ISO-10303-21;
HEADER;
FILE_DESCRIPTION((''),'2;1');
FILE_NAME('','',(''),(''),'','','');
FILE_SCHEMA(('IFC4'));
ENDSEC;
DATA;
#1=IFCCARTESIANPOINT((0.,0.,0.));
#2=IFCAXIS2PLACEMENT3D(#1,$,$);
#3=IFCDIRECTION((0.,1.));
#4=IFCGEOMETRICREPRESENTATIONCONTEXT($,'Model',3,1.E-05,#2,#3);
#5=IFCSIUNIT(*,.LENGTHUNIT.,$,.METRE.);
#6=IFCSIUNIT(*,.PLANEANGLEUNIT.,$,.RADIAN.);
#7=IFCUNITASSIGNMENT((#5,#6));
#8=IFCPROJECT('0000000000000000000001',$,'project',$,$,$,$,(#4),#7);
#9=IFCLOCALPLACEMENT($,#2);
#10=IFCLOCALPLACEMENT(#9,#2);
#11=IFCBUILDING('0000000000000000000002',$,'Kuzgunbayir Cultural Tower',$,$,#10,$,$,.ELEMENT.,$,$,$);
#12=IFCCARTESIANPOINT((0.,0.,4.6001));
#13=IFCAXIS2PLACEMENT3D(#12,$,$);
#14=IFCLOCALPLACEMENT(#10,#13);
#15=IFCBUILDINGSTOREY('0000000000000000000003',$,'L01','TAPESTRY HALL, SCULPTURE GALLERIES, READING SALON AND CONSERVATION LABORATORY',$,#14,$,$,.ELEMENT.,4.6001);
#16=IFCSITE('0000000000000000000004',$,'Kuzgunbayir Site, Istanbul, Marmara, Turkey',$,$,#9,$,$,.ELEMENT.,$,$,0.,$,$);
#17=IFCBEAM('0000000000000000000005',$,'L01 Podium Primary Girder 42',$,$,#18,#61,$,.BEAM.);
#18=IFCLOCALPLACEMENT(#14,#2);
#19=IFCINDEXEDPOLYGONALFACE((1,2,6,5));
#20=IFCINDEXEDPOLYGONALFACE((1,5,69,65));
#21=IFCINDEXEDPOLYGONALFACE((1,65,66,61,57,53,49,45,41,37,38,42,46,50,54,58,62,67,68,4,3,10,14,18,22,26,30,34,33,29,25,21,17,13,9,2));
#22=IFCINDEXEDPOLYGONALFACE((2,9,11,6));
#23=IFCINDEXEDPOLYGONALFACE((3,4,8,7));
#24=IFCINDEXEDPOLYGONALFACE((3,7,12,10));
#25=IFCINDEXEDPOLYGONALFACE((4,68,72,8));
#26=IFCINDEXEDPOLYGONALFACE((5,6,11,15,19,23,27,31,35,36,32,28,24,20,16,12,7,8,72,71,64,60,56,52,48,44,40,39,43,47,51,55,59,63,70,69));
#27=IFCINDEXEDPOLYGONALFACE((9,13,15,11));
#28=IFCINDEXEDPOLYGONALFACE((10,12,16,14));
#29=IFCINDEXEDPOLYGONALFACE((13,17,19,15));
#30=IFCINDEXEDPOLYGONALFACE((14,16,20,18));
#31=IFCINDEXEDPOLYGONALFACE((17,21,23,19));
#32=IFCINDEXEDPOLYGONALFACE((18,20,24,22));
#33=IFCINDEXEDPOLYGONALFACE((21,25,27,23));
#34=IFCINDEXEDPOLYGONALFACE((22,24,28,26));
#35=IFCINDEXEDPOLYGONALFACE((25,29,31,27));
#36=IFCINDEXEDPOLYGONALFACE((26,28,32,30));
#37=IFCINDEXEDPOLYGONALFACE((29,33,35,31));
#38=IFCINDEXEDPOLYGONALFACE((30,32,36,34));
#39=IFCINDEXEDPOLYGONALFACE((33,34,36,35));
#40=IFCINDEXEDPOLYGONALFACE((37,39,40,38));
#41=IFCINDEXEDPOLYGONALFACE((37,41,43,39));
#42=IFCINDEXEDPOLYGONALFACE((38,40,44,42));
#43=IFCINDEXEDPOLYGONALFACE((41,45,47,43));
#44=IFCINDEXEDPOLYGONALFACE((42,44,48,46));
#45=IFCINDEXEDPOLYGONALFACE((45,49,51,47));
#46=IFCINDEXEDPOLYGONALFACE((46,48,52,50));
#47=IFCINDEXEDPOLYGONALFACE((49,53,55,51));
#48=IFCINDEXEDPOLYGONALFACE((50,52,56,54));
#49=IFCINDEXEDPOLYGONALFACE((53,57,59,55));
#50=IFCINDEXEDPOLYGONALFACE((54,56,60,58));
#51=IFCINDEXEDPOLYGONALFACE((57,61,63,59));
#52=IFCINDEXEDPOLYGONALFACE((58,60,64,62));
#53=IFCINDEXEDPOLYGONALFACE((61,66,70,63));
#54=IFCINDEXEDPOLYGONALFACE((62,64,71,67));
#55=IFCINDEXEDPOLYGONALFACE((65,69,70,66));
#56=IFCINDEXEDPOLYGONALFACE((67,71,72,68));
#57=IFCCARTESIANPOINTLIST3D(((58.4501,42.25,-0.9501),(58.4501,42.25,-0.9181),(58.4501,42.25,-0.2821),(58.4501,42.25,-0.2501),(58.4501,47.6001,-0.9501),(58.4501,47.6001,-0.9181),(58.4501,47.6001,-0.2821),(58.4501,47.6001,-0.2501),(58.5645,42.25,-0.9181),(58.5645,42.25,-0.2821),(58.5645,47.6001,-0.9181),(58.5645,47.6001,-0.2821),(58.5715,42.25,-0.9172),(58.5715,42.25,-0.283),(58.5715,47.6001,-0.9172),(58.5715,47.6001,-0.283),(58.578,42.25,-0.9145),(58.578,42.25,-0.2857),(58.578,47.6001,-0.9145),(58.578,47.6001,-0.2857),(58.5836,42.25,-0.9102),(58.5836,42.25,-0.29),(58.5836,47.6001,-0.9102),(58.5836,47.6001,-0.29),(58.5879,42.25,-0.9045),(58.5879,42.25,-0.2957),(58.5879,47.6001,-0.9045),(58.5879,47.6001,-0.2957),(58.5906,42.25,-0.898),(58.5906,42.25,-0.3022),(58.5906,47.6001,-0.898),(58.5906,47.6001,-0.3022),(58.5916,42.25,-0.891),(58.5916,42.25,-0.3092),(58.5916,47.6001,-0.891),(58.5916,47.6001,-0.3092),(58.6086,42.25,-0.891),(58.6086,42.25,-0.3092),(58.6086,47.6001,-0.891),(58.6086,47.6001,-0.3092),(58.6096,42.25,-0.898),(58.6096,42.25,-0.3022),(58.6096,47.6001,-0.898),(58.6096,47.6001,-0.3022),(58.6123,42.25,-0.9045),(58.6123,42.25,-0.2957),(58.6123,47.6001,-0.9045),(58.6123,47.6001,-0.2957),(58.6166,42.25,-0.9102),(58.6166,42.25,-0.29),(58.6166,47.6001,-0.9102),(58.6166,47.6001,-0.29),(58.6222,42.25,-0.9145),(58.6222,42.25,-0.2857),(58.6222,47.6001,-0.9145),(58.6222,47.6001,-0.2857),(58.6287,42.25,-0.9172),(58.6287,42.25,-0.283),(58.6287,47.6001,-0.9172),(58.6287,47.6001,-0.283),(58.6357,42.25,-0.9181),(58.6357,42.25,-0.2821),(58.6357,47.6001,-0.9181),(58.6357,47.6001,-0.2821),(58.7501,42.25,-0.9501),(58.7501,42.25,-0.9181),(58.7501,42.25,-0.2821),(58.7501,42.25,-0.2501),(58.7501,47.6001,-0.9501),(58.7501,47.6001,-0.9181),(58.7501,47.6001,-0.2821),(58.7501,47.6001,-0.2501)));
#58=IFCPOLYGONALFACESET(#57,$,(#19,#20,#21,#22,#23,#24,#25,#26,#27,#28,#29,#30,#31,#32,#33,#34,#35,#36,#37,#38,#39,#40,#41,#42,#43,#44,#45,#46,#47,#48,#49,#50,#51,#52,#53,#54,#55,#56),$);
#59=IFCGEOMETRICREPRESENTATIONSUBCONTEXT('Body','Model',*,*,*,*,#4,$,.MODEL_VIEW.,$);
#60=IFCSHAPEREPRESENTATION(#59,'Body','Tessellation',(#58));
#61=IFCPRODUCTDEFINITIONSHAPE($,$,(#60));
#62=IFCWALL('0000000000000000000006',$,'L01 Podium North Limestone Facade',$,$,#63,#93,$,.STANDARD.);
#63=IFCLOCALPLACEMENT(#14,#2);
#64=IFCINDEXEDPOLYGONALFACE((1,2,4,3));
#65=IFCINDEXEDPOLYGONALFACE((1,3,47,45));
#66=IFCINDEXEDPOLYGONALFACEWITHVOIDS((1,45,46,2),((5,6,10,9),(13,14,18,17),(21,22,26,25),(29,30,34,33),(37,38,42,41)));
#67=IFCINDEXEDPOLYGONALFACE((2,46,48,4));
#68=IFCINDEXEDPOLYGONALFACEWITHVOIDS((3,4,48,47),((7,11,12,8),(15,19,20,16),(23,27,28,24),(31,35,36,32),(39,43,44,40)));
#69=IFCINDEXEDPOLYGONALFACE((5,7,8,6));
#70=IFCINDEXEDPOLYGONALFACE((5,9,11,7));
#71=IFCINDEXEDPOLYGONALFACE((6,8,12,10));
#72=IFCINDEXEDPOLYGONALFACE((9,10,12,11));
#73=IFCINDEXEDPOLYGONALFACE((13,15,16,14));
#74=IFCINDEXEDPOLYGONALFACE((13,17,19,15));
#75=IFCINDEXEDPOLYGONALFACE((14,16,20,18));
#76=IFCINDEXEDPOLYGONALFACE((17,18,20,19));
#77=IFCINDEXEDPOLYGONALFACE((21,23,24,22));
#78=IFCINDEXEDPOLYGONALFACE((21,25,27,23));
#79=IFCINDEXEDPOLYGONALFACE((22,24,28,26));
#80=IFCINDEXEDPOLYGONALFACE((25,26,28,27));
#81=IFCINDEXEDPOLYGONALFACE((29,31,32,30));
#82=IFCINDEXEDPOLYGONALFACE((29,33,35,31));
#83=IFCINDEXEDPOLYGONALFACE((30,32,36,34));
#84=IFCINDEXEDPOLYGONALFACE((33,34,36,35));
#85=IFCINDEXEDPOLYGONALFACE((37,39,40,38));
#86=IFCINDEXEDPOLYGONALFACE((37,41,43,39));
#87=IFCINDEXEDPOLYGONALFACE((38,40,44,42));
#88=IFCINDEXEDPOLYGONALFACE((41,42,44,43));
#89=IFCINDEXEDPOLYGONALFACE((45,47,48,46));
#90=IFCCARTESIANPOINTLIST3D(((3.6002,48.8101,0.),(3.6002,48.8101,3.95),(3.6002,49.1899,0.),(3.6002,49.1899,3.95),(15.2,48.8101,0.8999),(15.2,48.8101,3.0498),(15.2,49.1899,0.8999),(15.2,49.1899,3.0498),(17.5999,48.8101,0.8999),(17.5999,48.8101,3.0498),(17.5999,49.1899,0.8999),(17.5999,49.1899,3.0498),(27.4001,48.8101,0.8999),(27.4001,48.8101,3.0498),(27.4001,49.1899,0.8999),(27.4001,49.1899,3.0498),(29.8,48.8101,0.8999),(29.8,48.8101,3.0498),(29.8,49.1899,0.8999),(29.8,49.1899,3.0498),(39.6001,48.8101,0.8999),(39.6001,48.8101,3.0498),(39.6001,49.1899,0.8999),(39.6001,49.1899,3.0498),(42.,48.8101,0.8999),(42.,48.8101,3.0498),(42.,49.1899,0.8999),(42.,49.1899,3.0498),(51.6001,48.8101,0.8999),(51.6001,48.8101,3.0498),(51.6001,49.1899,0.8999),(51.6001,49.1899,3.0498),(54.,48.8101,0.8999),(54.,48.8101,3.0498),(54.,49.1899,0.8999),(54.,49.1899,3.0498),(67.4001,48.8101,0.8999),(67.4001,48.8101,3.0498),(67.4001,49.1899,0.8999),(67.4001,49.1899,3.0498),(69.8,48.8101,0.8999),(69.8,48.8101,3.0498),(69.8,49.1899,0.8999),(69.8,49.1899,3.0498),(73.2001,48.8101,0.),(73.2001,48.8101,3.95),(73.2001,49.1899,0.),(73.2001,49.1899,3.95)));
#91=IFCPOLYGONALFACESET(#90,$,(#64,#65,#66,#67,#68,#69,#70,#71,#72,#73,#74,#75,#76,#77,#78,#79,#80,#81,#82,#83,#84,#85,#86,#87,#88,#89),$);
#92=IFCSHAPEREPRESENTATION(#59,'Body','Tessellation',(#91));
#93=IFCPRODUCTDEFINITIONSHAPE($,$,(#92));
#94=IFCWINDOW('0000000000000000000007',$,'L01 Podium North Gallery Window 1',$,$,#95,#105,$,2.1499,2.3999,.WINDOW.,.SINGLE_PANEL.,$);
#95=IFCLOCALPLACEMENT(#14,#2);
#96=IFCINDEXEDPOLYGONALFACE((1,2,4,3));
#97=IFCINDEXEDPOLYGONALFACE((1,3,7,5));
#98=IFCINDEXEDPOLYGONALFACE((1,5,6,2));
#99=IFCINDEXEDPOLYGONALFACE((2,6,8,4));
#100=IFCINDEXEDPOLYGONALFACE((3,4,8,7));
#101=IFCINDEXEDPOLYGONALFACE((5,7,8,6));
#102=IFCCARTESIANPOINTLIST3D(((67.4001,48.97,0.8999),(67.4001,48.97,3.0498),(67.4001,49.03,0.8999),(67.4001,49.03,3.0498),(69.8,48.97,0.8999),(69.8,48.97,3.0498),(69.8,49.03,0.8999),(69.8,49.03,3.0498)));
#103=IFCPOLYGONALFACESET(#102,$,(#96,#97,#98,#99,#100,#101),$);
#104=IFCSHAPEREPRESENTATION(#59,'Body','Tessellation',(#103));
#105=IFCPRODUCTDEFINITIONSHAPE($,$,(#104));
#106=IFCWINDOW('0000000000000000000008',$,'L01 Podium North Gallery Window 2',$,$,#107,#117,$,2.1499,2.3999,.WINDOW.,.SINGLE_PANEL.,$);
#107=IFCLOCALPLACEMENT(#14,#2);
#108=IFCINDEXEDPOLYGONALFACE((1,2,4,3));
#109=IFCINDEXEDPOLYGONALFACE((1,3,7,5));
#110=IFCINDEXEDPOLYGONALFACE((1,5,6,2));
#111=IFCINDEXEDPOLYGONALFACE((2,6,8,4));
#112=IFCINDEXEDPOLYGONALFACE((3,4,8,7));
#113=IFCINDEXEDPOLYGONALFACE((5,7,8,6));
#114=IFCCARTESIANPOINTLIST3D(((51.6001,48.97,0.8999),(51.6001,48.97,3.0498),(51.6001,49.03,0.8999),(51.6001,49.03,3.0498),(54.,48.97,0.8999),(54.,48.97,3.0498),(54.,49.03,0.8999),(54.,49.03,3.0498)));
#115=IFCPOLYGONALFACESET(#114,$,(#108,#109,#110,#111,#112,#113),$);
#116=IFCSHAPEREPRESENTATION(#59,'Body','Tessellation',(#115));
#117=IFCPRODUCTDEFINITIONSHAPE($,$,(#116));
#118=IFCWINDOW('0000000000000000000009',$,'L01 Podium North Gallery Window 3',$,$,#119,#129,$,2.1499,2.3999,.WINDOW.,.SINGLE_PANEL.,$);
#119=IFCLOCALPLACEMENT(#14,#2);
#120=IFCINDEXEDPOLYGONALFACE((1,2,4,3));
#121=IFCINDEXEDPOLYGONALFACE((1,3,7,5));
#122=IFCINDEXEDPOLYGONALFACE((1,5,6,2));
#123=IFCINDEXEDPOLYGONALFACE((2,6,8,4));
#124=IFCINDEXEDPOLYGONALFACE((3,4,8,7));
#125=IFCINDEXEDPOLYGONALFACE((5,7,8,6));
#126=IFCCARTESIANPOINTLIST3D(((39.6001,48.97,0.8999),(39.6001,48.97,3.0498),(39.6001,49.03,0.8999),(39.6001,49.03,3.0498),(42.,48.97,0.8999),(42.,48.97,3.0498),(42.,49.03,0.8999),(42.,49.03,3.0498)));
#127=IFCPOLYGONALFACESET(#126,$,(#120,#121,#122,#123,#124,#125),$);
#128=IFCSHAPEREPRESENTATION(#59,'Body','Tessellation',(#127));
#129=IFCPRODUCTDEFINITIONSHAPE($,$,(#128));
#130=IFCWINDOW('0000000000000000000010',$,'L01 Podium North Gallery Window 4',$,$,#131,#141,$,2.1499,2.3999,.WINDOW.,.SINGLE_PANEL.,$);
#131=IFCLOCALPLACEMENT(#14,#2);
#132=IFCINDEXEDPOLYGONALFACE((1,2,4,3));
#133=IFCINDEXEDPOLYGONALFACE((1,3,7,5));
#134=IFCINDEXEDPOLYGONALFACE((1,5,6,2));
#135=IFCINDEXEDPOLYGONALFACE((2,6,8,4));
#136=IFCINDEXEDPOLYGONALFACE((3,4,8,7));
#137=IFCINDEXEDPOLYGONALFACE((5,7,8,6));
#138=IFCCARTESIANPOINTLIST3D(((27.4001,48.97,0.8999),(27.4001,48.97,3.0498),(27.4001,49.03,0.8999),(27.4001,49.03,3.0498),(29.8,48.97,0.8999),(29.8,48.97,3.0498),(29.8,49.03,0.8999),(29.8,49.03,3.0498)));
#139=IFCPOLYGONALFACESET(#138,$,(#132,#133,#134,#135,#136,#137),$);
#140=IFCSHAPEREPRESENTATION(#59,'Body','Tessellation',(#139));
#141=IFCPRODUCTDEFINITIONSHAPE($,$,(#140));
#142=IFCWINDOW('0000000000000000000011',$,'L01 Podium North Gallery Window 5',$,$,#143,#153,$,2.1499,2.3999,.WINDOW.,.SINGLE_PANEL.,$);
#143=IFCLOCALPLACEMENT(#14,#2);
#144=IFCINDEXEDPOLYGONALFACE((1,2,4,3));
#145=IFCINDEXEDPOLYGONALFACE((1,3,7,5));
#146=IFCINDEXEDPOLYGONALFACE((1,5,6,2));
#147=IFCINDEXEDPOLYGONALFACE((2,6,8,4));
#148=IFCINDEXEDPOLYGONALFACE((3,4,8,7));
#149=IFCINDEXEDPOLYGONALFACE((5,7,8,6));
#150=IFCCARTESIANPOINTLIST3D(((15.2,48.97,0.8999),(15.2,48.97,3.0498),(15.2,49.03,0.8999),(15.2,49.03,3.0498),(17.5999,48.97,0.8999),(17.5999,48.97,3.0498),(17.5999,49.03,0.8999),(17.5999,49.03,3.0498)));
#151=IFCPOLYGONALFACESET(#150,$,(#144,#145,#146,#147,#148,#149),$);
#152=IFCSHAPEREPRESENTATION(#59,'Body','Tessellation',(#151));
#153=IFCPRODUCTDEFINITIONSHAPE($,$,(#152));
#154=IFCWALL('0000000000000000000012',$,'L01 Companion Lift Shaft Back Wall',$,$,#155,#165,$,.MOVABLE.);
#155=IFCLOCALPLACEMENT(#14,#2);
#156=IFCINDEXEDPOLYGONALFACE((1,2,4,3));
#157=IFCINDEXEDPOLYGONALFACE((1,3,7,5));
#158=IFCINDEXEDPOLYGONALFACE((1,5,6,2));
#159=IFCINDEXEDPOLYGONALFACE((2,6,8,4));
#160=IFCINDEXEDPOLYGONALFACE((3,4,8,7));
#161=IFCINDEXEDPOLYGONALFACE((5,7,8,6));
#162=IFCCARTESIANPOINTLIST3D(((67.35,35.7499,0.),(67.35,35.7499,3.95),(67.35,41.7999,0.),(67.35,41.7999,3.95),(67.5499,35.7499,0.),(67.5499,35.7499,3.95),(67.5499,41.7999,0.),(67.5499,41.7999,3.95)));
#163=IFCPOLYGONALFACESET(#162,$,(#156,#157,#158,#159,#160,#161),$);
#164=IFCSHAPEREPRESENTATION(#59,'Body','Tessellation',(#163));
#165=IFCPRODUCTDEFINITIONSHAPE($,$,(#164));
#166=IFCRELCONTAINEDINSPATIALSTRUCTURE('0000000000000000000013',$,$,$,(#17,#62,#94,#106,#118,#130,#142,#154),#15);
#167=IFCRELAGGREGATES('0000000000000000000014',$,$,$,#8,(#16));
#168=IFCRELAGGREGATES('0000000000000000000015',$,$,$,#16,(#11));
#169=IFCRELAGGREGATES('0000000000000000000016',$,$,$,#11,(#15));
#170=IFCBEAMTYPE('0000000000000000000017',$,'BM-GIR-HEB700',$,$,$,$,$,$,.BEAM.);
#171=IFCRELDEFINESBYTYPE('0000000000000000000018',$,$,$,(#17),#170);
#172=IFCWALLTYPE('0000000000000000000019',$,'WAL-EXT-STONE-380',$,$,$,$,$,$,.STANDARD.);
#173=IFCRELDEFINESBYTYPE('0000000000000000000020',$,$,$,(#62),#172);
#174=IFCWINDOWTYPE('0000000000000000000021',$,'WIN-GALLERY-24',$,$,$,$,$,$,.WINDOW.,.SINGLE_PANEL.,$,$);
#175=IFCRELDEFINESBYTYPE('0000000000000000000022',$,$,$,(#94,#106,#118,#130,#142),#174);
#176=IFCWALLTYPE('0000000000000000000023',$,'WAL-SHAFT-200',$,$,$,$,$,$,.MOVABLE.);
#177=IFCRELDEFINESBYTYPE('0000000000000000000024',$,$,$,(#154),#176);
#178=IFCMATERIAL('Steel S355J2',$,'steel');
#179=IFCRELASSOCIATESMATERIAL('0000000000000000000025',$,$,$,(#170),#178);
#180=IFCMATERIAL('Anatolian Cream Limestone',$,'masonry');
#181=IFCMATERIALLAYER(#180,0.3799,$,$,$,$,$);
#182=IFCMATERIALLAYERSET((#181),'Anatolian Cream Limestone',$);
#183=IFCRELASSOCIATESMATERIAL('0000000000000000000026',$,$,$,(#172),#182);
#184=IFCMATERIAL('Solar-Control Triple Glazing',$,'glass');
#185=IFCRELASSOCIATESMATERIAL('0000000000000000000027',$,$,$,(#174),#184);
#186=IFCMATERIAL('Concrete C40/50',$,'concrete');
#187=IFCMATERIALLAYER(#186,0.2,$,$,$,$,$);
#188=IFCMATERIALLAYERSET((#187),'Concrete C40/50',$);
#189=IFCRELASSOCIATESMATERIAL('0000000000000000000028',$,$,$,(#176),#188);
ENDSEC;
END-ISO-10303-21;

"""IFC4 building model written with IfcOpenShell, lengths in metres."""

from ifc_helpers import new_model, si_unit, direction, frame, frame_2d, origin, origin_2d, place, context, subcontext, project, spatial, rectangle, i_section, extrude, material, layer, layer_set, material_profile, profile_set, type_object, element, fill, save


model = new_model("IFC4")

# Units and contexts
model_context = context("Model", 3, precision=1e-05, world=origin(), true_north=direction((0.0, 1.0)))
body_context = subcontext(model_context, "Body", "Model", "MODEL_VIEW")
ifc_project = project(units=[si_unit("LENGTHUNIT", "METRE"), si_unit("PLANEANGLEUNIT", "RADIAN")], contexts=[model_context])

# Site, building, storey
site_placement = place(None, origin())
site = spatial("IfcSite", under=ifc_project, at=site_placement, Name="Kuzgunbayir Site, Istanbul, Marmara, Turkey", CompositionType="ELEMENT", RefElevation=0.0)
building_placement = place(site_placement, origin())
building = spatial("IfcBuilding", under=site, at=building_placement, Name="Kuzgunbayir Cultural Tower", CompositionType="ELEMENT")
storey_placement = place(building_placement, frame((0.0, 0.0, 4.6001)))
storey = spatial("IfcBuildingStorey", under=building, at=storey_placement, Name="L01", Description="TAPESTRY HALL, SCULPTURE GALLERIES, READING SALON AND CONSERVATION LABORATORY", CompositionType="ELEMENT", Elevation=4.6001)

# Beam
ifc_material_1 = material(Name="Steel S355J2", Category="steel")
ifc_material_profile_1 = material_profile(ifc_material_1, i_section(OverallWidth=0.3, OverallDepth=0.7, WebThickness=0.0171, FlangeThickness=0.032, FilletRadius=0.0271, at=origin_2d()), Name="HEB 700")
ifc_profile_set_1 = profile_set([ifc_material_profile_1], Name="Steel S355J2")
beam_type = type_object("IfcBeamType", Name="BM-GIR-HEB700", PredefinedType="BEAM", material=ifc_profile_set_1)
beam_1_placement = place(storey_placement, frame((58.6001, 42.25, -0.6001), z_axis=(0.0, 1.0, 0.0), x_axis=(-1.0, 0.0, 0.0)))
element("IfcBeam", 1, at=beam_1_placement, inside=storey, type_object=beam_type, Name="L01 Podium Primary Girder 42", PredefinedType="BEAM", context=body_context, shape_type="SweptSolid", body=[
    extrude(i_section(OverallWidth=0.3, OverallDepth=0.7, WebThickness=0.0171, FlangeThickness=0.032, FilletRadius=0.0271, at=origin_2d()), origin(), (0.0, 0.0, 1.0), 5.3501),
])

# Wall, openings, windows
ifc_material_2 = material(Name="Anatolian Cream Limestone", Category="masonry")
ifc_layer_1 = layer(ifc_material_2, 0.3799)
ifc_layer_set_1 = layer_set([ifc_layer_1], Name="Anatolian Cream Limestone")
wall_type_1 = type_object("IfcWallType", Name="WAL-EXT-STONE-380", PredefinedType="STANDARD", material=ifc_layer_set_1)
wall_1_placement = place(storey_placement, frame((73.2, 49.0, 0.0), z_axis=(0.0, 0.0, 1.0), x_axis=(-1.0, 0.0, 0.0)))
wall_1 = element("IfcWall", 2, at=wall_1_placement, inside=storey, type_object=wall_type_1, Name="L01 Podium North Limestone Facade", PredefinedType="STANDARD", context=body_context, shape_type="SweptSolid", body=[
    extrude(rectangle(XDim=69.5999, YDim=0.3799, at=frame_2d((34.7998, 0.0))), origin(), (0.0, 0.0, 1.0), 3.95),
])
opening_1_placement = place(wall_1_placement, frame((3.3999, 0.0, 0.8999)))
opening_1 = element("IfcOpeningElement", 3, at=opening_1_placement, cuts=wall_1, PredefinedType="OPENING", context=body_context, shape_type="SweptSolid", body=[
    extrude(rectangle(XDim=2.3999, YDim=2.1499, at=frame_2d((1.2, 1.075))), frame((0.0, 0.2, 0.0), z_axis=(0.0, -1.0, 0.0), x_axis=(1.0, 0.0, 0.0)), (0.0, 0.0, 1.0), 0.3999),
])
opening_2_placement = place(wall_1_placement, frame((19.2, 0.0, 0.8999)))
opening_2 = element("IfcOpeningElement", 4, at=opening_2_placement, cuts=wall_1, PredefinedType="OPENING", context=body_context, shape_type="SweptSolid", body=[
    extrude(rectangle(XDim=2.3999, YDim=2.1499, at=frame_2d((1.2, 1.075))), frame((0.0, 0.2, 0.0), z_axis=(0.0, -1.0, 0.0), x_axis=(1.0, 0.0, 0.0)), (0.0, 0.0, 1.0), 0.3999),
])
opening_3_placement = place(wall_1_placement, frame((31.2, 0.0, 0.8999)))
opening_3 = element("IfcOpeningElement", 5, at=opening_3_placement, cuts=wall_1, PredefinedType="OPENING", context=body_context, shape_type="SweptSolid", body=[
    extrude(rectangle(XDim=2.3999, YDim=2.1499, at=frame_2d((1.2, 1.075))), frame((0.0, 0.2, 0.0), z_axis=(0.0, -1.0, 0.0), x_axis=(1.0, 0.0, 0.0)), (0.0, 0.0, 1.0), 0.3999),
])
opening_4_placement = place(wall_1_placement, frame((43.3999, 0.0, 0.8999)))
opening_4 = element("IfcOpeningElement", 6, at=opening_4_placement, cuts=wall_1, PredefinedType="OPENING", context=body_context, shape_type="SweptSolid", body=[
    extrude(rectangle(XDim=2.3999, YDim=2.1499, at=frame_2d((1.2, 1.075))), frame((0.0, 0.2, 0.0), z_axis=(0.0, -1.0, 0.0), x_axis=(1.0, 0.0, 0.0)), (0.0, 0.0, 1.0), 0.3999),
])
opening_5_placement = place(wall_1_placement, frame((55.6001, 0.0, 0.8999)))
opening_5 = element("IfcOpeningElement", 7, at=opening_5_placement, cuts=wall_1, PredefinedType="OPENING", context=body_context, shape_type="SweptSolid", body=[
    extrude(rectangle(XDim=2.3999, YDim=2.1499, at=frame_2d((1.2, 1.075))), frame((0.0, 0.2, 0.0), z_axis=(0.0, -1.0, 0.0), x_axis=(1.0, 0.0, 0.0)), (0.0, 0.0, 1.0), 0.3999),
])
ifc_material_3 = material(Name="Solar-Control Triple Glazing", Category="glass")
window_type = type_object("IfcWindowType", Name="WIN-GALLERY-24", PartitioningType="SINGLE_PANEL", PredefinedType="WINDOW", material=ifc_material_3)
window_1_placement = place(opening_1_placement, origin())
window_1 = element("IfcWindow", 8, at=window_1_placement, inside=storey, type_object=window_type, Name="L01 Podium North Gallery Window 1", OverallHeight=2.1499, OverallWidth=2.3999, PartitioningType="SINGLE_PANEL", PredefinedType="WINDOW", context=body_context, shape_type="SweptSolid", body=[
    extrude(rectangle(XDim=2.3999, YDim=2.1499, at=frame_2d((1.2, 1.075))), frame((0.0, 0.03, 0.0), z_axis=(0.0, -1.0, 0.0), x_axis=(1.0, 0.0, 0.0)), (0.0, 0.0, 1.0), 0.0601),
])
fill(opening_1, window_1)
window_2_placement = place(opening_2_placement, origin())
window_2 = element("IfcWindow", 9, at=window_2_placement, inside=storey, type_object=window_type, Name="L01 Podium North Gallery Window 2", OverallHeight=2.1499, OverallWidth=2.3999, PartitioningType="SINGLE_PANEL", PredefinedType="WINDOW", context=body_context, shape_type="SweptSolid", body=[
    extrude(rectangle(XDim=2.3999, YDim=2.1499, at=frame_2d((1.2, 1.075))), frame((0.0, 0.03, 0.0), z_axis=(0.0, -1.0, 0.0), x_axis=(1.0, 0.0, 0.0)), (0.0, 0.0, 1.0), 0.0601),
])
fill(opening_2, window_2)
window_3_placement = place(opening_3_placement, origin())
window_3 = element("IfcWindow", 10, at=window_3_placement, inside=storey, type_object=window_type, Name="L01 Podium North Gallery Window 3", OverallHeight=2.1499, OverallWidth=2.3999, PartitioningType="SINGLE_PANEL", PredefinedType="WINDOW", context=body_context, shape_type="SweptSolid", body=[
    extrude(rectangle(XDim=2.3999, YDim=2.1499, at=frame_2d((1.2, 1.075))), frame((0.0, 0.03, 0.0), z_axis=(0.0, -1.0, 0.0), x_axis=(1.0, 0.0, 0.0)), (0.0, 0.0, 1.0), 0.0601),
])
fill(opening_3, window_3)
window_4_placement = place(opening_4_placement, origin())
window_4 = element("IfcWindow", 11, at=window_4_placement, inside=storey, type_object=window_type, Name="L01 Podium North Gallery Window 4", OverallHeight=2.1499, OverallWidth=2.3999, PartitioningType="SINGLE_PANEL", PredefinedType="WINDOW", context=body_context, shape_type="SweptSolid", body=[
    extrude(rectangle(XDim=2.3999, YDim=2.1499, at=frame_2d((1.2, 1.075))), frame((0.0, 0.03, 0.0), z_axis=(0.0, -1.0, 0.0), x_axis=(1.0, 0.0, 0.0)), (0.0, 0.0, 1.0), 0.0601),
])
fill(opening_4, window_4)
window_5_placement = place(opening_5_placement, origin())
window_5 = element("IfcWindow", 12, at=window_5_placement, inside=storey, type_object=window_type, Name="L01 Podium North Gallery Window 5", OverallHeight=2.1499, OverallWidth=2.3999, PartitioningType="SINGLE_PANEL", PredefinedType="WINDOW", context=body_context, shape_type="SweptSolid", body=[
    extrude(rectangle(XDim=2.3999, YDim=2.1499, at=frame_2d((1.2, 1.075))), frame((0.0, 0.03, 0.0), z_axis=(0.0, -1.0, 0.0), x_axis=(1.0, 0.0, 0.0)), (0.0, 0.0, 1.0), 0.0601),
])
fill(opening_5, window_5)

# Shared definitions
ifc_material_4 = material(Name="Concrete C40/50", Category="concrete")
ifc_layer_2 = layer(ifc_material_4, 0.2)
ifc_layer_set_2 = layer_set([ifc_layer_2], Name="Concrete C40/50")
wall_type_2 = type_object("IfcWallType", Name="WAL-SHAFT-200", PredefinedType="MOVABLE", material=ifc_layer_set_2)

# Wall
wall_2_placement = place(storey_placement, frame((67.45, 35.75, 0.0), z_axis=(0.0, 0.0, 1.0), x_axis=(0.0, 1.0, 0.0)))
element("IfcWall", 13, at=wall_2_placement, inside=storey, type_object=wall_type_2, Name="L01 Companion Lift Shaft Back Wall", PredefinedType="MOVABLE", context=body_context, shape_type="SweptSolid", body=[
    extrude(rectangle(XDim=6.05, YDim=0.2, at=frame_2d((3.0249, 0.0))), origin(), (0.0, 0.0, 1.0), 3.95),
])

save(model, "model.ifc")
